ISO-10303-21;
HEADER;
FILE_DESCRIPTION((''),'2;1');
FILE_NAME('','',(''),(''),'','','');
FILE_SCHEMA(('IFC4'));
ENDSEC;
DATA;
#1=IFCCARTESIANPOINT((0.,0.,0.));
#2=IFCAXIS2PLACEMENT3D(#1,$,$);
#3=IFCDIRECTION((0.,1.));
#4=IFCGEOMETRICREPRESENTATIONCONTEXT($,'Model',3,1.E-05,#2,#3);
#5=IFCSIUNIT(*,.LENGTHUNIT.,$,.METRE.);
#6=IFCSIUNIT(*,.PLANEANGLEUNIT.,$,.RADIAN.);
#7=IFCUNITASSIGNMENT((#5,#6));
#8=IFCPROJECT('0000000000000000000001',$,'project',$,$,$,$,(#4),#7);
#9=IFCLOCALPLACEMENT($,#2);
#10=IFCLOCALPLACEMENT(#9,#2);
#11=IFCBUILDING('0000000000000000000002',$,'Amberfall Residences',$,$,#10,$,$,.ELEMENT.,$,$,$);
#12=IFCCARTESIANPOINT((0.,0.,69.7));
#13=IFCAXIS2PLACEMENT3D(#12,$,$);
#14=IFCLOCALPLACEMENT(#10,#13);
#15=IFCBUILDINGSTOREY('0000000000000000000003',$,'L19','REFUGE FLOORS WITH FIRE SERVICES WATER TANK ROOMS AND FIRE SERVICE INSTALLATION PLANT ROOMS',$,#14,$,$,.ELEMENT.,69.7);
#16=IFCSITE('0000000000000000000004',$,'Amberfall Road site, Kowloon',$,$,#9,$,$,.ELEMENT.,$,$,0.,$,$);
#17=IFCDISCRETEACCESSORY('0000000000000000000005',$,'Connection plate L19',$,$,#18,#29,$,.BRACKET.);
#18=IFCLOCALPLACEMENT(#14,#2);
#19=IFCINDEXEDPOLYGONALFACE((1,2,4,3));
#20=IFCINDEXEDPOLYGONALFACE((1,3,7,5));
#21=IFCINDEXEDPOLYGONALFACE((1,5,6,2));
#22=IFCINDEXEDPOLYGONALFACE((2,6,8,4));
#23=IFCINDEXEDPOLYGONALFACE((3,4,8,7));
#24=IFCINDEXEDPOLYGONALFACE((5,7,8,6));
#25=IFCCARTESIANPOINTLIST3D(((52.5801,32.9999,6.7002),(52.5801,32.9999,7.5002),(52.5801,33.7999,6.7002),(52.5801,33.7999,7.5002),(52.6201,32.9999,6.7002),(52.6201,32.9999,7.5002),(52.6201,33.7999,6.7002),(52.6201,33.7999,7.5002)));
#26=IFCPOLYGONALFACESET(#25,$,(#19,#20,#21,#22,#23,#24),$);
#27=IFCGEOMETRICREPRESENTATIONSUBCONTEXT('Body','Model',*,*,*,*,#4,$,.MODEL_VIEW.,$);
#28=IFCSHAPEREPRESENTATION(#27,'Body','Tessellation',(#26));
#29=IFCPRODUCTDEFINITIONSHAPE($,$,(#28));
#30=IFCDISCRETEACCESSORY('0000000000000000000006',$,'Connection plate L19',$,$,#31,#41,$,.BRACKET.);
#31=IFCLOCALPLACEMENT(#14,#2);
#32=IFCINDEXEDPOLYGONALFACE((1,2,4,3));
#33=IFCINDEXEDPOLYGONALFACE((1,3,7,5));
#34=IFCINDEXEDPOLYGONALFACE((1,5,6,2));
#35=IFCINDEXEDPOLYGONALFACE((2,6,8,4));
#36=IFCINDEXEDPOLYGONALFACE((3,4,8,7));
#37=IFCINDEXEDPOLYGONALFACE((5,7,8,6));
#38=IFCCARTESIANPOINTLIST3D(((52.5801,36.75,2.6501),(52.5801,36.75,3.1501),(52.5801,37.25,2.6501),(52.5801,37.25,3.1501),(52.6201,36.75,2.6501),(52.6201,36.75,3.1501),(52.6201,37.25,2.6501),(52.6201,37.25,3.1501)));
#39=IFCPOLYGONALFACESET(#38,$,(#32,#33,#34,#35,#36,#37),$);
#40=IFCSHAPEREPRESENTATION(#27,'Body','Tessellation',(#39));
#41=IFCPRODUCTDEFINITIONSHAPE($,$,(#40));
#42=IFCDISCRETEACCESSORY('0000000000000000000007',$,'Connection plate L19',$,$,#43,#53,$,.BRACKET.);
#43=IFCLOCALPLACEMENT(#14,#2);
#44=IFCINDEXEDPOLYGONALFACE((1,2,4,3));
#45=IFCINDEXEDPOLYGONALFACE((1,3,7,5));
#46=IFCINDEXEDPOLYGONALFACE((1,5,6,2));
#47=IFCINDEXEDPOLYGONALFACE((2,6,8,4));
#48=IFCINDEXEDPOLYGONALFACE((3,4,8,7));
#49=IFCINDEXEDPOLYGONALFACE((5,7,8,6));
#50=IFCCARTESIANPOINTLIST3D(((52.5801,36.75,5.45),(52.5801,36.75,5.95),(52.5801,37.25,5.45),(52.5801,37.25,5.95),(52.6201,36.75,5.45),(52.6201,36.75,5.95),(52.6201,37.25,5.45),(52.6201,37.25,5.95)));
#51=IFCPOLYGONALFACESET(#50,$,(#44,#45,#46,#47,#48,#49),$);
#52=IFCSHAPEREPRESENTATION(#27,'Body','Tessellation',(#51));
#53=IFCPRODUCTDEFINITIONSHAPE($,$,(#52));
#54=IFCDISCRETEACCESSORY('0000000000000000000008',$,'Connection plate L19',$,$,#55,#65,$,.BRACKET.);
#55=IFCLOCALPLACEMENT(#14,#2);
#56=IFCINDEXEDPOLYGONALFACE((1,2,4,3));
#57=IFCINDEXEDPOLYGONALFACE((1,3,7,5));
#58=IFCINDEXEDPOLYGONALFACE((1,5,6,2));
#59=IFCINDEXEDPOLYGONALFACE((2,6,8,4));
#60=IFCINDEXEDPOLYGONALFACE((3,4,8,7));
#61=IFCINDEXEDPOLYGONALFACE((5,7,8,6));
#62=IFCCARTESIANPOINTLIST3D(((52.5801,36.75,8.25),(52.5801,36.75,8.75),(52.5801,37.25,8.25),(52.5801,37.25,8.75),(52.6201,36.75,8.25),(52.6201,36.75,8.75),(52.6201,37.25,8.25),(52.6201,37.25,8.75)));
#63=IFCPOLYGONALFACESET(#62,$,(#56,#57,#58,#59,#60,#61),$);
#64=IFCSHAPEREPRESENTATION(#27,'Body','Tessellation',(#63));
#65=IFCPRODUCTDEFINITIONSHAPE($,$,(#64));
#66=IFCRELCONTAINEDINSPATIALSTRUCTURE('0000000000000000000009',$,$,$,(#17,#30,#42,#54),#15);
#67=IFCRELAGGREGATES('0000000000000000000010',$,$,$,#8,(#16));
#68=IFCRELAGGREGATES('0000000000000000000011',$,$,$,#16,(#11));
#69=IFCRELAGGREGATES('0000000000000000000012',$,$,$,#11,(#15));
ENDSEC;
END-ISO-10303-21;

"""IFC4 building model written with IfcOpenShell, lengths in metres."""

from ifc_helpers import new_model, si_unit, direction, frame, origin, origin_2d, place, context, subcontext, project, spatial, rectangle, extrude, element, save


model = new_model("IFC4")

# Units and contexts
model_context = context("Model", 3, precision=1e-05, world=origin(), true_north=direction((0.0, 1.0)))
body_context = subcontext(model_context, "Body", "Model", "MODEL_VIEW")
ifc_project = project(units=[si_unit("LENGTHUNIT", "METRE"), si_unit("PLANEANGLEUNIT", "RADIAN")], contexts=[model_context])

# Site, building, storey
site_placement = place(None, origin())
site = spatial("IfcSite", under=ifc_project, at=site_placement, Name="Amberfall Road site, Kowloon", CompositionType="ELEMENT", RefElevation=0.0)
building_placement = place(site_placement, origin())
building = spatial("IfcBuilding", under=site, at=building_placement, Name="Amberfall Residences", CompositionType="ELEMENT")
storey_placement = place(building_placement, frame((0.0, 0.0, 69.7)))
storey = spatial("IfcBuildingStorey", under=building, at=storey_placement, Name="L19", Description="REFUGE FLOORS WITH FIRE SERVICES WATER TANK ROOMS AND FIRE SERVICE INSTALLATION PLANT ROOMS", CompositionType="ELEMENT", Elevation=69.7)

# Discrete accessories
discrete_accessory_1_placement = place(storey_placement, frame((52.6001, 33.3999, 6.7002), z_axis=(0.0, 0.0, 1.0), x_axis=(0.0, 1.0, 0.0)))
element("IfcDiscreteAccessory", 1, at=discrete_accessory_1_placement, inside=storey, Name="Connection plate L19", PredefinedType="BRACKET", context=body_context, shape_type="SweptSolid", body=[
    extrude(rectangle(XDim=0.8, YDim=0.04, at=origin_2d()), origin(), (0.0, 0.0, 1.0), 0.8),
])
for number, where, z_axis, x_axis, name in (
    (2, (52.6001, 37.0, 2.6501), (0.0, 0.0, 1.0), (0.0, 1.0, 0.0), "Connection plate L19"),
    (3, (52.6001, 37.0, 5.45), (0.0, 0.0, 1.0), (0.0, 1.0, 0.0), "Connection plate L19"),
    (4, (52.6001, 37.0, 8.25), (0.0, 0.0, 1.0), (0.0, 1.0, 0.0), "Connection plate L19"),
):
    element("IfcDiscreteAccessory", number, at=place(storey_placement, frame(where, z_axis=z_axis, x_axis=x_axis)), inside=storey, Name=name, PredefinedType="BRACKET", context=body_context, shape_type="SweptSolid", body=[
        extrude(rectangle(XDim=0.5, YDim=0.04, at=origin_2d()), origin(), (0.0, 0.0, 1.0), 0.5),
    ])

save(model, "model.ifc")
